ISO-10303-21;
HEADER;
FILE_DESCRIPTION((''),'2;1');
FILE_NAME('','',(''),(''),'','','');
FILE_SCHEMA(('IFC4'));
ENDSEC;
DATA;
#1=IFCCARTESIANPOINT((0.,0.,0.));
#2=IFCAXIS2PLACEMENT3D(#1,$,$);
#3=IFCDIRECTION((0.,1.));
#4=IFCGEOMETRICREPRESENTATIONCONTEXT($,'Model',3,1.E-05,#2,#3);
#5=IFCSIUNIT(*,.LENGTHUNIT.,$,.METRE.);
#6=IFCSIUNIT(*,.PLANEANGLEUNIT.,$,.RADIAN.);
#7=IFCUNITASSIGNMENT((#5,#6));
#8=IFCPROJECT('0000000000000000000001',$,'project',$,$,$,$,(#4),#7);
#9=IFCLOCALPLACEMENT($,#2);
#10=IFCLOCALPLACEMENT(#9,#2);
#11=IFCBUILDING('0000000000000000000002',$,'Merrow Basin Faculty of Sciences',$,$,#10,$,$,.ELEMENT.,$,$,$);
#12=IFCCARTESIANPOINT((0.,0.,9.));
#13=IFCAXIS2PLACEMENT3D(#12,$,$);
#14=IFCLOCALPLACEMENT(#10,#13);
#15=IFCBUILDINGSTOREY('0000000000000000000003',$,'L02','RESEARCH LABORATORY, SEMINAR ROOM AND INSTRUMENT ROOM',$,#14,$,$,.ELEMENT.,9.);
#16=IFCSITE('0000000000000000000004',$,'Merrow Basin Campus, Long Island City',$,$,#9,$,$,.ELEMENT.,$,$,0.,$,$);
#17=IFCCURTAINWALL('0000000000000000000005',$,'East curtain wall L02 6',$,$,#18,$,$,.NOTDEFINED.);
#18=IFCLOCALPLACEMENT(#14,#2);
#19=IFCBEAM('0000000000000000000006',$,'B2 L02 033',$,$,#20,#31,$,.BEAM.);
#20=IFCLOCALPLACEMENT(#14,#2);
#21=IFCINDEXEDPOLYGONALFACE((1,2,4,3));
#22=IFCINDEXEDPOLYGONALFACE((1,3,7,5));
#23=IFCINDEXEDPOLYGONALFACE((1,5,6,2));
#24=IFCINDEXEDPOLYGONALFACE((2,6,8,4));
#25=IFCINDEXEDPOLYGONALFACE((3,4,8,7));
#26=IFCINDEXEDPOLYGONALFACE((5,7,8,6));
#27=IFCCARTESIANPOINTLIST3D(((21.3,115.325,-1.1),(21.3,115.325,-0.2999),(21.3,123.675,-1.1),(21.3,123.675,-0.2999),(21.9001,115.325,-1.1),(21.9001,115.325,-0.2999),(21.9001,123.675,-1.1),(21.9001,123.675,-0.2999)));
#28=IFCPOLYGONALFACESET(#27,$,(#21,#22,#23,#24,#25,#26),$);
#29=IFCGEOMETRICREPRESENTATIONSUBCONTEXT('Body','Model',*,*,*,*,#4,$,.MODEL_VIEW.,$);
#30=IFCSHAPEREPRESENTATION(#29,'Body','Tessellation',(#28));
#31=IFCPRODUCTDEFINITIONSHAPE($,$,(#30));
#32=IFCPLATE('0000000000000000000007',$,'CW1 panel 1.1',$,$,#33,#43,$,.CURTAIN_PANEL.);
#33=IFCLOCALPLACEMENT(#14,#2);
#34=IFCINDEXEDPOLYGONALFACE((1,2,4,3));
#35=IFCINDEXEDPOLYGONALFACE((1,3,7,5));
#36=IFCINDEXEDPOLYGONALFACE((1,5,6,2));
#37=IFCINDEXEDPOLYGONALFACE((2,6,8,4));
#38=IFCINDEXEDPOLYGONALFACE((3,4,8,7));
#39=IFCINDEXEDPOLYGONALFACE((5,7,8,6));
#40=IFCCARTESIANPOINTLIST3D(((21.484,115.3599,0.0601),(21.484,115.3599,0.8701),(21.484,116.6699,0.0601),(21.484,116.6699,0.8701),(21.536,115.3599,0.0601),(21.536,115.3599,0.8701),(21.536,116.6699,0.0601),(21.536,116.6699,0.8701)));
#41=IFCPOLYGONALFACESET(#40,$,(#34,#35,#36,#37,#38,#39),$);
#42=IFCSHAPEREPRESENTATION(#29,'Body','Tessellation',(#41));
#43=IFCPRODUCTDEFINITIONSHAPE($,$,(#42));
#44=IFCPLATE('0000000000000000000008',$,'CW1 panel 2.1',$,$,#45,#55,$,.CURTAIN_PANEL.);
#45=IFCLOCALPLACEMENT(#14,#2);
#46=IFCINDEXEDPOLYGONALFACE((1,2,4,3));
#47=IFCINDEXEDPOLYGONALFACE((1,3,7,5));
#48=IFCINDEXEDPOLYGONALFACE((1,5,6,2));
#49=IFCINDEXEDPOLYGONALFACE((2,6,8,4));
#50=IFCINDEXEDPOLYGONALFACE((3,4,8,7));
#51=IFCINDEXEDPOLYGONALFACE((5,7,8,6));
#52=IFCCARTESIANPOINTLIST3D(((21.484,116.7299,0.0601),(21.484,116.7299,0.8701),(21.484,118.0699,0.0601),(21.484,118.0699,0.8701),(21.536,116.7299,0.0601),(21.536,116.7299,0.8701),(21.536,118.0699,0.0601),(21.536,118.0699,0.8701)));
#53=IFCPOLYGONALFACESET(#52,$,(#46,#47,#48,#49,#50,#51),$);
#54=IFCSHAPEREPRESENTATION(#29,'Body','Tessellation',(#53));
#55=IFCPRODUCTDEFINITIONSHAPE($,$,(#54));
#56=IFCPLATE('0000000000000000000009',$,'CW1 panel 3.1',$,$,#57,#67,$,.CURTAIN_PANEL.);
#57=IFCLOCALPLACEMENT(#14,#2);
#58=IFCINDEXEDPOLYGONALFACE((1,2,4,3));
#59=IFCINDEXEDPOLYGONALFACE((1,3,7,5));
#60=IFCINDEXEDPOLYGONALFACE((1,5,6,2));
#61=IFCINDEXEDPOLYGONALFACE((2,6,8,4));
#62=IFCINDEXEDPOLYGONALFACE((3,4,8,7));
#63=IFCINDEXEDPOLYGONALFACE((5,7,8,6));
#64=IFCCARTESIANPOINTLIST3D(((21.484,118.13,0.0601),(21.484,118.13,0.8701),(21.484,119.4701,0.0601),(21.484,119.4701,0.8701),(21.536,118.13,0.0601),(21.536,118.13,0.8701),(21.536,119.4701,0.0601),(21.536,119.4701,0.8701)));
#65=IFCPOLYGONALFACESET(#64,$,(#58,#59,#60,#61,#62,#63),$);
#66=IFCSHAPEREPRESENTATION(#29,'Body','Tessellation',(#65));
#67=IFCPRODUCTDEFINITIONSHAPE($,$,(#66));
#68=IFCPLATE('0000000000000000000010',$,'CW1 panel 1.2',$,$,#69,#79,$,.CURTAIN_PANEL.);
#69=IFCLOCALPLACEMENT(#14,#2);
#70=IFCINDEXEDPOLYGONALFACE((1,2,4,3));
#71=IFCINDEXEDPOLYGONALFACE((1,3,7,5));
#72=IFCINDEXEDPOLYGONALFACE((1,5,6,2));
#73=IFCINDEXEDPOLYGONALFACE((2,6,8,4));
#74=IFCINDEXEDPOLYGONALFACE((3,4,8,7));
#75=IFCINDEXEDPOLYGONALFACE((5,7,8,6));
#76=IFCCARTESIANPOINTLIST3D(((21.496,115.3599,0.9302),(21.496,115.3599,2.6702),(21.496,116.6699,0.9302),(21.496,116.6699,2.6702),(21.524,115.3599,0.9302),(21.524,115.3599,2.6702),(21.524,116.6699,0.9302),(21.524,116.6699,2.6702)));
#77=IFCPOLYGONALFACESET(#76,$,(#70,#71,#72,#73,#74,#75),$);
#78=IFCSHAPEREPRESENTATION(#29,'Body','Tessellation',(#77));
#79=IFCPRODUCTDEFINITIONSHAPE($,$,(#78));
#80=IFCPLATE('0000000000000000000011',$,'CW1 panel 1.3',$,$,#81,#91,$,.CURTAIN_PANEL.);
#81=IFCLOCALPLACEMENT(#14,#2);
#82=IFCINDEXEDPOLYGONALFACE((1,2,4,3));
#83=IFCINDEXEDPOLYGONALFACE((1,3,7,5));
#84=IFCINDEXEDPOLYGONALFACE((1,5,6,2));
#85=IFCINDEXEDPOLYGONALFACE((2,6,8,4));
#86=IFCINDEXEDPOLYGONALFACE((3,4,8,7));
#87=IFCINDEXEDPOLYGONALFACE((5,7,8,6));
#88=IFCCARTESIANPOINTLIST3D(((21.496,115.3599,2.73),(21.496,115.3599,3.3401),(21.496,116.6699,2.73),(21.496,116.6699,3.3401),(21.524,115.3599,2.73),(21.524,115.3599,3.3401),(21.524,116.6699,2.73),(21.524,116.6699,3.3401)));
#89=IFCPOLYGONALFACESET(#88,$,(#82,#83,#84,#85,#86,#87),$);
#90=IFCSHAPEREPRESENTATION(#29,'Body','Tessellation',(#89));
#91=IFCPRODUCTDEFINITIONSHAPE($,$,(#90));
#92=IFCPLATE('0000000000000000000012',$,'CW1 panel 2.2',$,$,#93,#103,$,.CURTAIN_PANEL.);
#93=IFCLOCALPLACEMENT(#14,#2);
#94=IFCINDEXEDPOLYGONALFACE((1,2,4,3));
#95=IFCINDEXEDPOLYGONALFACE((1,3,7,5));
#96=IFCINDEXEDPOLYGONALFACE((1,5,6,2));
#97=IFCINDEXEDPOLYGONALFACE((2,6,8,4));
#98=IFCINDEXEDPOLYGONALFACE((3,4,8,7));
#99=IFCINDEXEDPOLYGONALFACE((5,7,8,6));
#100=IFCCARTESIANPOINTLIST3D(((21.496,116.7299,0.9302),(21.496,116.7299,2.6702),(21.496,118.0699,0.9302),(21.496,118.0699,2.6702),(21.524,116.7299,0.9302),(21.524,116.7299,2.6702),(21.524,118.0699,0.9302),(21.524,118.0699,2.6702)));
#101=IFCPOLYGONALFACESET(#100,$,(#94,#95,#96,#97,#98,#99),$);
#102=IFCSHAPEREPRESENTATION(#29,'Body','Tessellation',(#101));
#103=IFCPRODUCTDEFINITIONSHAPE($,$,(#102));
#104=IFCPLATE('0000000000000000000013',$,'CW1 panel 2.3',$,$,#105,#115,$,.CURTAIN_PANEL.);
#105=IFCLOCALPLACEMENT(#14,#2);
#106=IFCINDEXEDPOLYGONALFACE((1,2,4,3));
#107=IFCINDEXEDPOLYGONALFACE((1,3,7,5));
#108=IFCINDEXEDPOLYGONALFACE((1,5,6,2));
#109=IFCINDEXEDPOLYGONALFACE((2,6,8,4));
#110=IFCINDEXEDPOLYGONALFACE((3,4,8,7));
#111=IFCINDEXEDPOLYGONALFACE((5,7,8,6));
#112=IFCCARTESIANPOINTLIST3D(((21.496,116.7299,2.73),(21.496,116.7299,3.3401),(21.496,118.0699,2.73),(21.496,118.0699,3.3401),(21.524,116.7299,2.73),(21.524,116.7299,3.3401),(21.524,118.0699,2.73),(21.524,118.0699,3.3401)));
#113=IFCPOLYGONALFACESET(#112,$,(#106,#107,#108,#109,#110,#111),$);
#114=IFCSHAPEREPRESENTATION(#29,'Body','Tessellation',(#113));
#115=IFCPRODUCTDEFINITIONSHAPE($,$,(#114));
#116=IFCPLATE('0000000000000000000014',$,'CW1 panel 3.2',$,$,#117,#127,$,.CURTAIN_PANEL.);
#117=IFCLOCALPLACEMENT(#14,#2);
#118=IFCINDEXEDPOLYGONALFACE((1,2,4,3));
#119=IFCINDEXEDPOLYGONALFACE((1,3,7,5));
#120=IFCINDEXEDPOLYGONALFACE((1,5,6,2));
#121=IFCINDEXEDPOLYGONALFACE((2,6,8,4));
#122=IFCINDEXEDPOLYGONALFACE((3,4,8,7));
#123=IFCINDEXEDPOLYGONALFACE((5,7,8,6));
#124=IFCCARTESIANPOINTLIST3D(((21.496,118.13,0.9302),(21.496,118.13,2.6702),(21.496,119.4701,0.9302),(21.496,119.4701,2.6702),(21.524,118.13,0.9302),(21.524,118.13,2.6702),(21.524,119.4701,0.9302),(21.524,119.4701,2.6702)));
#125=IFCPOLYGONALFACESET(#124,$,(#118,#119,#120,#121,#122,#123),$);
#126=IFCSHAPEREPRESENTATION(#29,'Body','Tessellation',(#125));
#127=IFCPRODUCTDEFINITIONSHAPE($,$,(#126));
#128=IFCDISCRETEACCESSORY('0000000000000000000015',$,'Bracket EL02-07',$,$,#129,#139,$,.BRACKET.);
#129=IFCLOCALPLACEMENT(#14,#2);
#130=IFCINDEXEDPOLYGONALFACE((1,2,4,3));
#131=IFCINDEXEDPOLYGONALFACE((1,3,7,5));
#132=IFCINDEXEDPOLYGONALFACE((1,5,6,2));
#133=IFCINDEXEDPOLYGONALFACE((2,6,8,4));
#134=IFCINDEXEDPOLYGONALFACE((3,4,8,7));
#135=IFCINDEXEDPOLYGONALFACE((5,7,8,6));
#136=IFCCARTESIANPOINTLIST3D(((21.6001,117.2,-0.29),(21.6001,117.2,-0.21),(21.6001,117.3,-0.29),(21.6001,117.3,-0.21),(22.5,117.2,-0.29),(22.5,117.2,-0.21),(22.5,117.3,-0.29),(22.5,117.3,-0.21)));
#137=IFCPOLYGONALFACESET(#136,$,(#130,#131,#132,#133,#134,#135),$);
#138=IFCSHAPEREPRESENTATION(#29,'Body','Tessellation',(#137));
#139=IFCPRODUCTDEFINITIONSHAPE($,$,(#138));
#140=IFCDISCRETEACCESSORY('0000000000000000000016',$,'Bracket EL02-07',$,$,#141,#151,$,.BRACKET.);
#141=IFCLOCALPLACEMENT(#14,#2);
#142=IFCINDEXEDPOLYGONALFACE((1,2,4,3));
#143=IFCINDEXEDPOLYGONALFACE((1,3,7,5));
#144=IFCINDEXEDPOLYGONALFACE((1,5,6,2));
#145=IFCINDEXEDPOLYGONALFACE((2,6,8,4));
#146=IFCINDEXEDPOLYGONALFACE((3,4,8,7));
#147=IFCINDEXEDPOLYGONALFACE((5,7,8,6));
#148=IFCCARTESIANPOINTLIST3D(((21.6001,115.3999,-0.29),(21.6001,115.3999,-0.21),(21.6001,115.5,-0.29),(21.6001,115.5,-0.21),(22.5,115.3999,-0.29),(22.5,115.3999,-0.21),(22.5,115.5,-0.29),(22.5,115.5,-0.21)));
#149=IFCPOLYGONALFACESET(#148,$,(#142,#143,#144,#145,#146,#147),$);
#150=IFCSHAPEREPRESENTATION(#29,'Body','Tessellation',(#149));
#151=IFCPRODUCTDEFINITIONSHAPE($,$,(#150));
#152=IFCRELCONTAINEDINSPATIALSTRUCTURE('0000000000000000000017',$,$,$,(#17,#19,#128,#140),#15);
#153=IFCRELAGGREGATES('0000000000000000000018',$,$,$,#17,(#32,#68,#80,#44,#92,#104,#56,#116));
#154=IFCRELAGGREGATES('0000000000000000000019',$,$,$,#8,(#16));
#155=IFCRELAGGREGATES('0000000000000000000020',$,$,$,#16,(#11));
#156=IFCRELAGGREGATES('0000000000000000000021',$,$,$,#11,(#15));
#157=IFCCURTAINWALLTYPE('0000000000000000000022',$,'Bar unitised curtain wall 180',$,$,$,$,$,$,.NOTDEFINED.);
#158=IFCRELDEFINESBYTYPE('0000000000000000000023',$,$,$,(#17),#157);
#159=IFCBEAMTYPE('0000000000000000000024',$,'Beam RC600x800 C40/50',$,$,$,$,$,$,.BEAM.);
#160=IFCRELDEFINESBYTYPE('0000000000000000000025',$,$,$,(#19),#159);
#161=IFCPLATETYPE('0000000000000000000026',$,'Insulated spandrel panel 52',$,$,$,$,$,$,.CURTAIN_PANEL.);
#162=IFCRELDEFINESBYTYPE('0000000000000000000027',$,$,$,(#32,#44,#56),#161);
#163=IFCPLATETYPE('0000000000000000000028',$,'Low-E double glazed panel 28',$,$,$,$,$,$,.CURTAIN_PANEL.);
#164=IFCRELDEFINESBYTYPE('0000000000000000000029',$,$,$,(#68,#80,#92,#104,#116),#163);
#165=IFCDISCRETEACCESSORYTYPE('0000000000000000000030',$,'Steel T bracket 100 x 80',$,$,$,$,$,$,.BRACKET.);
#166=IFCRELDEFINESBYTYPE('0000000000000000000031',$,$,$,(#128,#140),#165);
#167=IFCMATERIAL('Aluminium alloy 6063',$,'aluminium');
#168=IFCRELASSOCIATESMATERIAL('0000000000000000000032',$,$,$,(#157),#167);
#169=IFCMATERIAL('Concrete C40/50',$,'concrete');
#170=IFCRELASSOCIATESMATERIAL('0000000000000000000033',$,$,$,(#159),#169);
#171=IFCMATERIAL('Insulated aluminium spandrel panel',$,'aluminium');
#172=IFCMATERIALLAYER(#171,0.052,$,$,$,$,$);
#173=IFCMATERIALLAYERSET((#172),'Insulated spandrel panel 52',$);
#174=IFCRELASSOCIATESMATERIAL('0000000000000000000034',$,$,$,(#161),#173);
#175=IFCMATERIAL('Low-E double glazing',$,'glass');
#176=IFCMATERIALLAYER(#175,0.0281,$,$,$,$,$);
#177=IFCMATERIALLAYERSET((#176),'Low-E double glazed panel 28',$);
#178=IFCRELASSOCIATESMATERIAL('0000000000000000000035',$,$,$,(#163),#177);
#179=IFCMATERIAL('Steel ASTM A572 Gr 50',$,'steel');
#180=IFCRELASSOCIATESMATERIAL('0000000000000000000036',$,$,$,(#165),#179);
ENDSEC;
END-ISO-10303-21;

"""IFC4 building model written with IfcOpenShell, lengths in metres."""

from ifc_helpers import new_model, si_unit, direction, frame, origin, origin_2d, place, context, subcontext, project, spatial, polyline, rectangle, outline, extrude, source, transform, mapped, material, layer, layer_set, material_profile, profile_set, type_object, element, aggregate, save


model = new_model("IFC4")

# Units and contexts
model_context = context("Model", 3, precision=1e-05, world=origin(), true_north=direction((0.0, 1.0)))
body_context = subcontext(model_context, "Body", "Model", "MODEL_VIEW")
ifc_project = project(units=[si_unit("LENGTHUNIT", "METRE"), si_unit("PLANEANGLEUNIT", "RADIAN")], contexts=[model_context])

# Site, building, storey
site_placement = place(None, origin())
site = spatial("IfcSite", under=ifc_project, at=site_placement, Name="Merrow Basin Campus, Long Island City", CompositionType="ELEMENT", RefElevation=0.0)
building_placement = place(site_placement, origin())
building = spatial("IfcBuilding", under=site, at=building_placement, Name="Merrow Basin Faculty of Sciences", CompositionType="ELEMENT")
storey_placement = place(building_placement, frame((0.0, 0.0, 9.0)))
storey = spatial("IfcBuildingStorey", under=building, at=storey_placement, Name="L02", Description="RESEARCH LABORATORY, SEMINAR ROOM AND INSTRUMENT ROOM", CompositionType="ELEMENT", Elevation=9.0)

# Curtain wall
ifc_material_1 = material(Name="Aluminium alloy 6063", Category="aluminium")
curtain_wall_type = type_object("IfcCurtainWallType", Name="Bar unitised curtain wall 180", PredefinedType="NOTDEFINED", material=ifc_material_1)
curtain_wall_placement = place(storey_placement, origin())
curtain_wall = element("IfcCurtainWall", 1, at=curtain_wall_placement, inside=storey, type_object=curtain_wall_type, Name="East curtain wall L02 6", PredefinedType="NOTDEFINED")

# Beam
ifc_material_2 = material(Name="Concrete C40/50", Category="concrete")
ifc_material_profile_1 = material_profile(ifc_material_2, rectangle(XDim=0.6001, YDim=0.8, at=origin_2d()))
ifc_profile_set_1 = profile_set([ifc_material_profile_1], Name="Concrete C40/50")
beam_type = type_object("IfcBeamType", Name="Beam RC600x800 C40/50", PredefinedType="BEAM", material=ifc_profile_set_1)
beam_placement = place(storey_placement, frame((21.6001, 115.325, -0.7), z_axis=(0.0, 1.0, 0.0), x_axis=(-1.0, 0.0, 0.0)))
element("IfcBeam", 2, at=beam_placement, inside=storey, type_object=beam_type, Name="B2 L02 033", PredefinedType="BEAM", context=body_context, shape_type="SweptSolid", body=[
    extrude(rectangle(XDim=0.6001, YDim=0.8, at=origin_2d()), origin(), (0.0, 0.0, 1.0), 8.3501),
])

# Plates
ifc_material_3 = material(Name="Insulated aluminium spandrel panel", Category="aluminium")
ifc_layer_1 = layer(ifc_material_3, 0.052)
ifc_layer_set_1 = layer_set([ifc_layer_1], Name="Insulated spandrel panel 52")
plate_type_1 = type_object("IfcPlateType", Name="Insulated spandrel panel 52", PredefinedType="CURTAIN_PANEL", material=ifc_layer_set_1)
plate_1_placement = place(storey_placement, frame((21.51, 116.0149, 0.0601), z_axis=(0.0, 0.0, 1.0), x_axis=(0.0, 1.0, 0.0)))
plate_1 = element("IfcPlate", 3, at=plate_1_placement, type_object=plate_type_1, Name="CW1 panel 1.1", PredefinedType="CURTAIN_PANEL", context=body_context, shape_type="SweptSolid", body=[
    extrude(rectangle(XDim=1.3101, YDim=0.052, at=origin_2d()), origin(), (0.0, 0.0, 1.0), 0.8101),
])
plate_2_placement = place(storey_placement, frame((21.51, 117.3999, 0.0601), z_axis=(0.0, 0.0, 1.0), x_axis=(0.0, 1.0, 0.0)))
plate_2 = element("IfcPlate", 4, at=plate_2_placement, type_object=plate_type_1, Name="CW1 panel 2.1", PredefinedType="CURTAIN_PANEL", context=body_context, shape_type="SweptSolid", body=[
    extrude(rectangle(XDim=1.3401, YDim=0.052, at=origin_2d()), origin(), (0.0, 0.0, 1.0), 0.8101),
])
plate_3_placement = place(storey_placement, frame((21.51, 118.8, 0.0601), z_axis=(0.0, 0.0, 1.0), x_axis=(0.0, 1.0, 0.0)))
plate_3 = element("IfcPlate", 5, at=plate_3_placement, type_object=plate_type_1, Name="CW1 panel 3.1", PredefinedType="CURTAIN_PANEL", context=body_context, shape_type="SweptSolid", body=[
    extrude(rectangle(XDim=1.3401, YDim=0.052, at=origin_2d()), origin(), (0.0, 0.0, 1.0), 0.8101),
])
ifc_material_4 = material(Name="Low-E double glazing", Category="glass")
ifc_layer_2 = layer(ifc_material_4, 0.0281)
ifc_layer_set_2 = layer_set([ifc_layer_2], Name="Low-E double glazed panel 28")
plate_type_2 = type_object("IfcPlateType", Name="Low-E double glazed panel 28", PredefinedType="CURTAIN_PANEL", material=ifc_layer_set_2)
plate_4_placement = place(storey_placement, frame((21.51, 116.0149, 0.9302), z_axis=(0.0, 0.0, 1.0), x_axis=(0.0, 1.0, 0.0)))
plate_4 = element("IfcPlate", 6, at=plate_4_placement, type_object=plate_type_2, Name="CW1 panel 1.2", PredefinedType="CURTAIN_PANEL", context=body_context, shape_type="SweptSolid", body=[
    extrude(rectangle(XDim=1.3101, YDim=0.0281, at=origin_2d()), origin(), (0.0, 0.0, 1.0), 1.74),
])
plate_5_placement = place(storey_placement, frame((21.51, 116.0149, 2.73), z_axis=(0.0, 0.0, 1.0), x_axis=(0.0, 1.0, 0.0)))
plate_5 = element("IfcPlate", 7, at=plate_5_placement, type_object=plate_type_2, Name="CW1 panel 1.3", PredefinedType="CURTAIN_PANEL", context=body_context, shape_type="SweptSolid", body=[
    extrude(rectangle(XDim=1.3101, YDim=0.0281, at=origin_2d()), origin(), (0.0, 0.0, 1.0), 0.6101),
])
plate_6_placement = place(storey_placement, frame((21.51, 117.3999, 0.9302), z_axis=(0.0, 0.0, 1.0), x_axis=(0.0, 1.0, 0.0)))
plate_6 = element("IfcPlate", 8, at=plate_6_placement, type_object=plate_type_2, Name="CW1 panel 2.2", PredefinedType="CURTAIN_PANEL", context=body_context, shape_type="SweptSolid", body=[
    extrude(rectangle(XDim=1.3401, YDim=0.0281, at=origin_2d()), origin(), (0.0, 0.0, 1.0), 1.74),
])
plate_7_placement = place(storey_placement, frame((21.51, 117.3999, 2.73), z_axis=(0.0, 0.0, 1.0), x_axis=(0.0, 1.0, 0.0)))
plate_7 = element("IfcPlate", 9, at=plate_7_placement, type_object=plate_type_2, Name="CW1 panel 2.3", PredefinedType="CURTAIN_PANEL", context=body_context, shape_type="SweptSolid", body=[
    extrude(rectangle(XDim=1.3401, YDim=0.0281, at=origin_2d()), origin(), (0.0, 0.0, 1.0), 0.6101),
])
plate_8_placement = place(storey_placement, frame((21.51, 118.8, 0.9302), z_axis=(0.0, 0.0, 1.0), x_axis=(0.0, 1.0, 0.0)))
plate_8 = element("IfcPlate", 10, at=plate_8_placement, type_object=plate_type_2, Name="CW1 panel 3.2", PredefinedType="CURTAIN_PANEL", context=body_context, shape_type="SweptSolid", body=[
    extrude(rectangle(XDim=1.3401, YDim=0.0281, at=origin_2d()), origin(), (0.0, 0.0, 1.0), 1.74),
])
aggregate(curtain_wall, [plate_1, plate_4, plate_5, plate_2, plate_6, plate_7, plate_3, plate_8])

# Discrete accessories
ifc_material_5 = material(Name="Steel ASTM A572 Gr 50", Category="steel")
discrete_accessory_type = type_object("IfcDiscreteAccessoryType", Name="Steel T bracket 100 x 80", PredefinedType="BRACKET", material=ifc_material_5)
shared_shape = source(origin(), body_context, "Body", "SweptSolid", [
    extrude(outline(polyline([(0.0, 0.0), (0.1001, 0.0), (0.1001, 0.0801), (0.0, 0.0801), (0.0, 0.0)])), origin(), (0.0, 0.0, 1.0), 0.8999),
])
for number, where, z_axis, x_axis, name in (
    (11, (22.5, 117.3, -0.29), (-1.0, 0.0, 0.0), (0.0, -1.0, 0.0), "Bracket EL02-07"),
    (12, (22.5, 115.5, -0.29), (-1.0, 0.0, 0.0), (0.0, -1.0, 0.0), "Bracket EL02-07"),
):
    element("IfcDiscreteAccessory", number, at=place(storey_placement, frame(where, z_axis=z_axis, x_axis=x_axis)), inside=storey, type_object=discrete_accessory_type, Name=name, PredefinedType="BRACKET", context=body_context, shape_type="MappedRepresentation", body=[
        mapped(shared_shape, transform((0.0, 0.0, 0.0), scale=1.0)),
    ])

save(model, "model.ifc")
